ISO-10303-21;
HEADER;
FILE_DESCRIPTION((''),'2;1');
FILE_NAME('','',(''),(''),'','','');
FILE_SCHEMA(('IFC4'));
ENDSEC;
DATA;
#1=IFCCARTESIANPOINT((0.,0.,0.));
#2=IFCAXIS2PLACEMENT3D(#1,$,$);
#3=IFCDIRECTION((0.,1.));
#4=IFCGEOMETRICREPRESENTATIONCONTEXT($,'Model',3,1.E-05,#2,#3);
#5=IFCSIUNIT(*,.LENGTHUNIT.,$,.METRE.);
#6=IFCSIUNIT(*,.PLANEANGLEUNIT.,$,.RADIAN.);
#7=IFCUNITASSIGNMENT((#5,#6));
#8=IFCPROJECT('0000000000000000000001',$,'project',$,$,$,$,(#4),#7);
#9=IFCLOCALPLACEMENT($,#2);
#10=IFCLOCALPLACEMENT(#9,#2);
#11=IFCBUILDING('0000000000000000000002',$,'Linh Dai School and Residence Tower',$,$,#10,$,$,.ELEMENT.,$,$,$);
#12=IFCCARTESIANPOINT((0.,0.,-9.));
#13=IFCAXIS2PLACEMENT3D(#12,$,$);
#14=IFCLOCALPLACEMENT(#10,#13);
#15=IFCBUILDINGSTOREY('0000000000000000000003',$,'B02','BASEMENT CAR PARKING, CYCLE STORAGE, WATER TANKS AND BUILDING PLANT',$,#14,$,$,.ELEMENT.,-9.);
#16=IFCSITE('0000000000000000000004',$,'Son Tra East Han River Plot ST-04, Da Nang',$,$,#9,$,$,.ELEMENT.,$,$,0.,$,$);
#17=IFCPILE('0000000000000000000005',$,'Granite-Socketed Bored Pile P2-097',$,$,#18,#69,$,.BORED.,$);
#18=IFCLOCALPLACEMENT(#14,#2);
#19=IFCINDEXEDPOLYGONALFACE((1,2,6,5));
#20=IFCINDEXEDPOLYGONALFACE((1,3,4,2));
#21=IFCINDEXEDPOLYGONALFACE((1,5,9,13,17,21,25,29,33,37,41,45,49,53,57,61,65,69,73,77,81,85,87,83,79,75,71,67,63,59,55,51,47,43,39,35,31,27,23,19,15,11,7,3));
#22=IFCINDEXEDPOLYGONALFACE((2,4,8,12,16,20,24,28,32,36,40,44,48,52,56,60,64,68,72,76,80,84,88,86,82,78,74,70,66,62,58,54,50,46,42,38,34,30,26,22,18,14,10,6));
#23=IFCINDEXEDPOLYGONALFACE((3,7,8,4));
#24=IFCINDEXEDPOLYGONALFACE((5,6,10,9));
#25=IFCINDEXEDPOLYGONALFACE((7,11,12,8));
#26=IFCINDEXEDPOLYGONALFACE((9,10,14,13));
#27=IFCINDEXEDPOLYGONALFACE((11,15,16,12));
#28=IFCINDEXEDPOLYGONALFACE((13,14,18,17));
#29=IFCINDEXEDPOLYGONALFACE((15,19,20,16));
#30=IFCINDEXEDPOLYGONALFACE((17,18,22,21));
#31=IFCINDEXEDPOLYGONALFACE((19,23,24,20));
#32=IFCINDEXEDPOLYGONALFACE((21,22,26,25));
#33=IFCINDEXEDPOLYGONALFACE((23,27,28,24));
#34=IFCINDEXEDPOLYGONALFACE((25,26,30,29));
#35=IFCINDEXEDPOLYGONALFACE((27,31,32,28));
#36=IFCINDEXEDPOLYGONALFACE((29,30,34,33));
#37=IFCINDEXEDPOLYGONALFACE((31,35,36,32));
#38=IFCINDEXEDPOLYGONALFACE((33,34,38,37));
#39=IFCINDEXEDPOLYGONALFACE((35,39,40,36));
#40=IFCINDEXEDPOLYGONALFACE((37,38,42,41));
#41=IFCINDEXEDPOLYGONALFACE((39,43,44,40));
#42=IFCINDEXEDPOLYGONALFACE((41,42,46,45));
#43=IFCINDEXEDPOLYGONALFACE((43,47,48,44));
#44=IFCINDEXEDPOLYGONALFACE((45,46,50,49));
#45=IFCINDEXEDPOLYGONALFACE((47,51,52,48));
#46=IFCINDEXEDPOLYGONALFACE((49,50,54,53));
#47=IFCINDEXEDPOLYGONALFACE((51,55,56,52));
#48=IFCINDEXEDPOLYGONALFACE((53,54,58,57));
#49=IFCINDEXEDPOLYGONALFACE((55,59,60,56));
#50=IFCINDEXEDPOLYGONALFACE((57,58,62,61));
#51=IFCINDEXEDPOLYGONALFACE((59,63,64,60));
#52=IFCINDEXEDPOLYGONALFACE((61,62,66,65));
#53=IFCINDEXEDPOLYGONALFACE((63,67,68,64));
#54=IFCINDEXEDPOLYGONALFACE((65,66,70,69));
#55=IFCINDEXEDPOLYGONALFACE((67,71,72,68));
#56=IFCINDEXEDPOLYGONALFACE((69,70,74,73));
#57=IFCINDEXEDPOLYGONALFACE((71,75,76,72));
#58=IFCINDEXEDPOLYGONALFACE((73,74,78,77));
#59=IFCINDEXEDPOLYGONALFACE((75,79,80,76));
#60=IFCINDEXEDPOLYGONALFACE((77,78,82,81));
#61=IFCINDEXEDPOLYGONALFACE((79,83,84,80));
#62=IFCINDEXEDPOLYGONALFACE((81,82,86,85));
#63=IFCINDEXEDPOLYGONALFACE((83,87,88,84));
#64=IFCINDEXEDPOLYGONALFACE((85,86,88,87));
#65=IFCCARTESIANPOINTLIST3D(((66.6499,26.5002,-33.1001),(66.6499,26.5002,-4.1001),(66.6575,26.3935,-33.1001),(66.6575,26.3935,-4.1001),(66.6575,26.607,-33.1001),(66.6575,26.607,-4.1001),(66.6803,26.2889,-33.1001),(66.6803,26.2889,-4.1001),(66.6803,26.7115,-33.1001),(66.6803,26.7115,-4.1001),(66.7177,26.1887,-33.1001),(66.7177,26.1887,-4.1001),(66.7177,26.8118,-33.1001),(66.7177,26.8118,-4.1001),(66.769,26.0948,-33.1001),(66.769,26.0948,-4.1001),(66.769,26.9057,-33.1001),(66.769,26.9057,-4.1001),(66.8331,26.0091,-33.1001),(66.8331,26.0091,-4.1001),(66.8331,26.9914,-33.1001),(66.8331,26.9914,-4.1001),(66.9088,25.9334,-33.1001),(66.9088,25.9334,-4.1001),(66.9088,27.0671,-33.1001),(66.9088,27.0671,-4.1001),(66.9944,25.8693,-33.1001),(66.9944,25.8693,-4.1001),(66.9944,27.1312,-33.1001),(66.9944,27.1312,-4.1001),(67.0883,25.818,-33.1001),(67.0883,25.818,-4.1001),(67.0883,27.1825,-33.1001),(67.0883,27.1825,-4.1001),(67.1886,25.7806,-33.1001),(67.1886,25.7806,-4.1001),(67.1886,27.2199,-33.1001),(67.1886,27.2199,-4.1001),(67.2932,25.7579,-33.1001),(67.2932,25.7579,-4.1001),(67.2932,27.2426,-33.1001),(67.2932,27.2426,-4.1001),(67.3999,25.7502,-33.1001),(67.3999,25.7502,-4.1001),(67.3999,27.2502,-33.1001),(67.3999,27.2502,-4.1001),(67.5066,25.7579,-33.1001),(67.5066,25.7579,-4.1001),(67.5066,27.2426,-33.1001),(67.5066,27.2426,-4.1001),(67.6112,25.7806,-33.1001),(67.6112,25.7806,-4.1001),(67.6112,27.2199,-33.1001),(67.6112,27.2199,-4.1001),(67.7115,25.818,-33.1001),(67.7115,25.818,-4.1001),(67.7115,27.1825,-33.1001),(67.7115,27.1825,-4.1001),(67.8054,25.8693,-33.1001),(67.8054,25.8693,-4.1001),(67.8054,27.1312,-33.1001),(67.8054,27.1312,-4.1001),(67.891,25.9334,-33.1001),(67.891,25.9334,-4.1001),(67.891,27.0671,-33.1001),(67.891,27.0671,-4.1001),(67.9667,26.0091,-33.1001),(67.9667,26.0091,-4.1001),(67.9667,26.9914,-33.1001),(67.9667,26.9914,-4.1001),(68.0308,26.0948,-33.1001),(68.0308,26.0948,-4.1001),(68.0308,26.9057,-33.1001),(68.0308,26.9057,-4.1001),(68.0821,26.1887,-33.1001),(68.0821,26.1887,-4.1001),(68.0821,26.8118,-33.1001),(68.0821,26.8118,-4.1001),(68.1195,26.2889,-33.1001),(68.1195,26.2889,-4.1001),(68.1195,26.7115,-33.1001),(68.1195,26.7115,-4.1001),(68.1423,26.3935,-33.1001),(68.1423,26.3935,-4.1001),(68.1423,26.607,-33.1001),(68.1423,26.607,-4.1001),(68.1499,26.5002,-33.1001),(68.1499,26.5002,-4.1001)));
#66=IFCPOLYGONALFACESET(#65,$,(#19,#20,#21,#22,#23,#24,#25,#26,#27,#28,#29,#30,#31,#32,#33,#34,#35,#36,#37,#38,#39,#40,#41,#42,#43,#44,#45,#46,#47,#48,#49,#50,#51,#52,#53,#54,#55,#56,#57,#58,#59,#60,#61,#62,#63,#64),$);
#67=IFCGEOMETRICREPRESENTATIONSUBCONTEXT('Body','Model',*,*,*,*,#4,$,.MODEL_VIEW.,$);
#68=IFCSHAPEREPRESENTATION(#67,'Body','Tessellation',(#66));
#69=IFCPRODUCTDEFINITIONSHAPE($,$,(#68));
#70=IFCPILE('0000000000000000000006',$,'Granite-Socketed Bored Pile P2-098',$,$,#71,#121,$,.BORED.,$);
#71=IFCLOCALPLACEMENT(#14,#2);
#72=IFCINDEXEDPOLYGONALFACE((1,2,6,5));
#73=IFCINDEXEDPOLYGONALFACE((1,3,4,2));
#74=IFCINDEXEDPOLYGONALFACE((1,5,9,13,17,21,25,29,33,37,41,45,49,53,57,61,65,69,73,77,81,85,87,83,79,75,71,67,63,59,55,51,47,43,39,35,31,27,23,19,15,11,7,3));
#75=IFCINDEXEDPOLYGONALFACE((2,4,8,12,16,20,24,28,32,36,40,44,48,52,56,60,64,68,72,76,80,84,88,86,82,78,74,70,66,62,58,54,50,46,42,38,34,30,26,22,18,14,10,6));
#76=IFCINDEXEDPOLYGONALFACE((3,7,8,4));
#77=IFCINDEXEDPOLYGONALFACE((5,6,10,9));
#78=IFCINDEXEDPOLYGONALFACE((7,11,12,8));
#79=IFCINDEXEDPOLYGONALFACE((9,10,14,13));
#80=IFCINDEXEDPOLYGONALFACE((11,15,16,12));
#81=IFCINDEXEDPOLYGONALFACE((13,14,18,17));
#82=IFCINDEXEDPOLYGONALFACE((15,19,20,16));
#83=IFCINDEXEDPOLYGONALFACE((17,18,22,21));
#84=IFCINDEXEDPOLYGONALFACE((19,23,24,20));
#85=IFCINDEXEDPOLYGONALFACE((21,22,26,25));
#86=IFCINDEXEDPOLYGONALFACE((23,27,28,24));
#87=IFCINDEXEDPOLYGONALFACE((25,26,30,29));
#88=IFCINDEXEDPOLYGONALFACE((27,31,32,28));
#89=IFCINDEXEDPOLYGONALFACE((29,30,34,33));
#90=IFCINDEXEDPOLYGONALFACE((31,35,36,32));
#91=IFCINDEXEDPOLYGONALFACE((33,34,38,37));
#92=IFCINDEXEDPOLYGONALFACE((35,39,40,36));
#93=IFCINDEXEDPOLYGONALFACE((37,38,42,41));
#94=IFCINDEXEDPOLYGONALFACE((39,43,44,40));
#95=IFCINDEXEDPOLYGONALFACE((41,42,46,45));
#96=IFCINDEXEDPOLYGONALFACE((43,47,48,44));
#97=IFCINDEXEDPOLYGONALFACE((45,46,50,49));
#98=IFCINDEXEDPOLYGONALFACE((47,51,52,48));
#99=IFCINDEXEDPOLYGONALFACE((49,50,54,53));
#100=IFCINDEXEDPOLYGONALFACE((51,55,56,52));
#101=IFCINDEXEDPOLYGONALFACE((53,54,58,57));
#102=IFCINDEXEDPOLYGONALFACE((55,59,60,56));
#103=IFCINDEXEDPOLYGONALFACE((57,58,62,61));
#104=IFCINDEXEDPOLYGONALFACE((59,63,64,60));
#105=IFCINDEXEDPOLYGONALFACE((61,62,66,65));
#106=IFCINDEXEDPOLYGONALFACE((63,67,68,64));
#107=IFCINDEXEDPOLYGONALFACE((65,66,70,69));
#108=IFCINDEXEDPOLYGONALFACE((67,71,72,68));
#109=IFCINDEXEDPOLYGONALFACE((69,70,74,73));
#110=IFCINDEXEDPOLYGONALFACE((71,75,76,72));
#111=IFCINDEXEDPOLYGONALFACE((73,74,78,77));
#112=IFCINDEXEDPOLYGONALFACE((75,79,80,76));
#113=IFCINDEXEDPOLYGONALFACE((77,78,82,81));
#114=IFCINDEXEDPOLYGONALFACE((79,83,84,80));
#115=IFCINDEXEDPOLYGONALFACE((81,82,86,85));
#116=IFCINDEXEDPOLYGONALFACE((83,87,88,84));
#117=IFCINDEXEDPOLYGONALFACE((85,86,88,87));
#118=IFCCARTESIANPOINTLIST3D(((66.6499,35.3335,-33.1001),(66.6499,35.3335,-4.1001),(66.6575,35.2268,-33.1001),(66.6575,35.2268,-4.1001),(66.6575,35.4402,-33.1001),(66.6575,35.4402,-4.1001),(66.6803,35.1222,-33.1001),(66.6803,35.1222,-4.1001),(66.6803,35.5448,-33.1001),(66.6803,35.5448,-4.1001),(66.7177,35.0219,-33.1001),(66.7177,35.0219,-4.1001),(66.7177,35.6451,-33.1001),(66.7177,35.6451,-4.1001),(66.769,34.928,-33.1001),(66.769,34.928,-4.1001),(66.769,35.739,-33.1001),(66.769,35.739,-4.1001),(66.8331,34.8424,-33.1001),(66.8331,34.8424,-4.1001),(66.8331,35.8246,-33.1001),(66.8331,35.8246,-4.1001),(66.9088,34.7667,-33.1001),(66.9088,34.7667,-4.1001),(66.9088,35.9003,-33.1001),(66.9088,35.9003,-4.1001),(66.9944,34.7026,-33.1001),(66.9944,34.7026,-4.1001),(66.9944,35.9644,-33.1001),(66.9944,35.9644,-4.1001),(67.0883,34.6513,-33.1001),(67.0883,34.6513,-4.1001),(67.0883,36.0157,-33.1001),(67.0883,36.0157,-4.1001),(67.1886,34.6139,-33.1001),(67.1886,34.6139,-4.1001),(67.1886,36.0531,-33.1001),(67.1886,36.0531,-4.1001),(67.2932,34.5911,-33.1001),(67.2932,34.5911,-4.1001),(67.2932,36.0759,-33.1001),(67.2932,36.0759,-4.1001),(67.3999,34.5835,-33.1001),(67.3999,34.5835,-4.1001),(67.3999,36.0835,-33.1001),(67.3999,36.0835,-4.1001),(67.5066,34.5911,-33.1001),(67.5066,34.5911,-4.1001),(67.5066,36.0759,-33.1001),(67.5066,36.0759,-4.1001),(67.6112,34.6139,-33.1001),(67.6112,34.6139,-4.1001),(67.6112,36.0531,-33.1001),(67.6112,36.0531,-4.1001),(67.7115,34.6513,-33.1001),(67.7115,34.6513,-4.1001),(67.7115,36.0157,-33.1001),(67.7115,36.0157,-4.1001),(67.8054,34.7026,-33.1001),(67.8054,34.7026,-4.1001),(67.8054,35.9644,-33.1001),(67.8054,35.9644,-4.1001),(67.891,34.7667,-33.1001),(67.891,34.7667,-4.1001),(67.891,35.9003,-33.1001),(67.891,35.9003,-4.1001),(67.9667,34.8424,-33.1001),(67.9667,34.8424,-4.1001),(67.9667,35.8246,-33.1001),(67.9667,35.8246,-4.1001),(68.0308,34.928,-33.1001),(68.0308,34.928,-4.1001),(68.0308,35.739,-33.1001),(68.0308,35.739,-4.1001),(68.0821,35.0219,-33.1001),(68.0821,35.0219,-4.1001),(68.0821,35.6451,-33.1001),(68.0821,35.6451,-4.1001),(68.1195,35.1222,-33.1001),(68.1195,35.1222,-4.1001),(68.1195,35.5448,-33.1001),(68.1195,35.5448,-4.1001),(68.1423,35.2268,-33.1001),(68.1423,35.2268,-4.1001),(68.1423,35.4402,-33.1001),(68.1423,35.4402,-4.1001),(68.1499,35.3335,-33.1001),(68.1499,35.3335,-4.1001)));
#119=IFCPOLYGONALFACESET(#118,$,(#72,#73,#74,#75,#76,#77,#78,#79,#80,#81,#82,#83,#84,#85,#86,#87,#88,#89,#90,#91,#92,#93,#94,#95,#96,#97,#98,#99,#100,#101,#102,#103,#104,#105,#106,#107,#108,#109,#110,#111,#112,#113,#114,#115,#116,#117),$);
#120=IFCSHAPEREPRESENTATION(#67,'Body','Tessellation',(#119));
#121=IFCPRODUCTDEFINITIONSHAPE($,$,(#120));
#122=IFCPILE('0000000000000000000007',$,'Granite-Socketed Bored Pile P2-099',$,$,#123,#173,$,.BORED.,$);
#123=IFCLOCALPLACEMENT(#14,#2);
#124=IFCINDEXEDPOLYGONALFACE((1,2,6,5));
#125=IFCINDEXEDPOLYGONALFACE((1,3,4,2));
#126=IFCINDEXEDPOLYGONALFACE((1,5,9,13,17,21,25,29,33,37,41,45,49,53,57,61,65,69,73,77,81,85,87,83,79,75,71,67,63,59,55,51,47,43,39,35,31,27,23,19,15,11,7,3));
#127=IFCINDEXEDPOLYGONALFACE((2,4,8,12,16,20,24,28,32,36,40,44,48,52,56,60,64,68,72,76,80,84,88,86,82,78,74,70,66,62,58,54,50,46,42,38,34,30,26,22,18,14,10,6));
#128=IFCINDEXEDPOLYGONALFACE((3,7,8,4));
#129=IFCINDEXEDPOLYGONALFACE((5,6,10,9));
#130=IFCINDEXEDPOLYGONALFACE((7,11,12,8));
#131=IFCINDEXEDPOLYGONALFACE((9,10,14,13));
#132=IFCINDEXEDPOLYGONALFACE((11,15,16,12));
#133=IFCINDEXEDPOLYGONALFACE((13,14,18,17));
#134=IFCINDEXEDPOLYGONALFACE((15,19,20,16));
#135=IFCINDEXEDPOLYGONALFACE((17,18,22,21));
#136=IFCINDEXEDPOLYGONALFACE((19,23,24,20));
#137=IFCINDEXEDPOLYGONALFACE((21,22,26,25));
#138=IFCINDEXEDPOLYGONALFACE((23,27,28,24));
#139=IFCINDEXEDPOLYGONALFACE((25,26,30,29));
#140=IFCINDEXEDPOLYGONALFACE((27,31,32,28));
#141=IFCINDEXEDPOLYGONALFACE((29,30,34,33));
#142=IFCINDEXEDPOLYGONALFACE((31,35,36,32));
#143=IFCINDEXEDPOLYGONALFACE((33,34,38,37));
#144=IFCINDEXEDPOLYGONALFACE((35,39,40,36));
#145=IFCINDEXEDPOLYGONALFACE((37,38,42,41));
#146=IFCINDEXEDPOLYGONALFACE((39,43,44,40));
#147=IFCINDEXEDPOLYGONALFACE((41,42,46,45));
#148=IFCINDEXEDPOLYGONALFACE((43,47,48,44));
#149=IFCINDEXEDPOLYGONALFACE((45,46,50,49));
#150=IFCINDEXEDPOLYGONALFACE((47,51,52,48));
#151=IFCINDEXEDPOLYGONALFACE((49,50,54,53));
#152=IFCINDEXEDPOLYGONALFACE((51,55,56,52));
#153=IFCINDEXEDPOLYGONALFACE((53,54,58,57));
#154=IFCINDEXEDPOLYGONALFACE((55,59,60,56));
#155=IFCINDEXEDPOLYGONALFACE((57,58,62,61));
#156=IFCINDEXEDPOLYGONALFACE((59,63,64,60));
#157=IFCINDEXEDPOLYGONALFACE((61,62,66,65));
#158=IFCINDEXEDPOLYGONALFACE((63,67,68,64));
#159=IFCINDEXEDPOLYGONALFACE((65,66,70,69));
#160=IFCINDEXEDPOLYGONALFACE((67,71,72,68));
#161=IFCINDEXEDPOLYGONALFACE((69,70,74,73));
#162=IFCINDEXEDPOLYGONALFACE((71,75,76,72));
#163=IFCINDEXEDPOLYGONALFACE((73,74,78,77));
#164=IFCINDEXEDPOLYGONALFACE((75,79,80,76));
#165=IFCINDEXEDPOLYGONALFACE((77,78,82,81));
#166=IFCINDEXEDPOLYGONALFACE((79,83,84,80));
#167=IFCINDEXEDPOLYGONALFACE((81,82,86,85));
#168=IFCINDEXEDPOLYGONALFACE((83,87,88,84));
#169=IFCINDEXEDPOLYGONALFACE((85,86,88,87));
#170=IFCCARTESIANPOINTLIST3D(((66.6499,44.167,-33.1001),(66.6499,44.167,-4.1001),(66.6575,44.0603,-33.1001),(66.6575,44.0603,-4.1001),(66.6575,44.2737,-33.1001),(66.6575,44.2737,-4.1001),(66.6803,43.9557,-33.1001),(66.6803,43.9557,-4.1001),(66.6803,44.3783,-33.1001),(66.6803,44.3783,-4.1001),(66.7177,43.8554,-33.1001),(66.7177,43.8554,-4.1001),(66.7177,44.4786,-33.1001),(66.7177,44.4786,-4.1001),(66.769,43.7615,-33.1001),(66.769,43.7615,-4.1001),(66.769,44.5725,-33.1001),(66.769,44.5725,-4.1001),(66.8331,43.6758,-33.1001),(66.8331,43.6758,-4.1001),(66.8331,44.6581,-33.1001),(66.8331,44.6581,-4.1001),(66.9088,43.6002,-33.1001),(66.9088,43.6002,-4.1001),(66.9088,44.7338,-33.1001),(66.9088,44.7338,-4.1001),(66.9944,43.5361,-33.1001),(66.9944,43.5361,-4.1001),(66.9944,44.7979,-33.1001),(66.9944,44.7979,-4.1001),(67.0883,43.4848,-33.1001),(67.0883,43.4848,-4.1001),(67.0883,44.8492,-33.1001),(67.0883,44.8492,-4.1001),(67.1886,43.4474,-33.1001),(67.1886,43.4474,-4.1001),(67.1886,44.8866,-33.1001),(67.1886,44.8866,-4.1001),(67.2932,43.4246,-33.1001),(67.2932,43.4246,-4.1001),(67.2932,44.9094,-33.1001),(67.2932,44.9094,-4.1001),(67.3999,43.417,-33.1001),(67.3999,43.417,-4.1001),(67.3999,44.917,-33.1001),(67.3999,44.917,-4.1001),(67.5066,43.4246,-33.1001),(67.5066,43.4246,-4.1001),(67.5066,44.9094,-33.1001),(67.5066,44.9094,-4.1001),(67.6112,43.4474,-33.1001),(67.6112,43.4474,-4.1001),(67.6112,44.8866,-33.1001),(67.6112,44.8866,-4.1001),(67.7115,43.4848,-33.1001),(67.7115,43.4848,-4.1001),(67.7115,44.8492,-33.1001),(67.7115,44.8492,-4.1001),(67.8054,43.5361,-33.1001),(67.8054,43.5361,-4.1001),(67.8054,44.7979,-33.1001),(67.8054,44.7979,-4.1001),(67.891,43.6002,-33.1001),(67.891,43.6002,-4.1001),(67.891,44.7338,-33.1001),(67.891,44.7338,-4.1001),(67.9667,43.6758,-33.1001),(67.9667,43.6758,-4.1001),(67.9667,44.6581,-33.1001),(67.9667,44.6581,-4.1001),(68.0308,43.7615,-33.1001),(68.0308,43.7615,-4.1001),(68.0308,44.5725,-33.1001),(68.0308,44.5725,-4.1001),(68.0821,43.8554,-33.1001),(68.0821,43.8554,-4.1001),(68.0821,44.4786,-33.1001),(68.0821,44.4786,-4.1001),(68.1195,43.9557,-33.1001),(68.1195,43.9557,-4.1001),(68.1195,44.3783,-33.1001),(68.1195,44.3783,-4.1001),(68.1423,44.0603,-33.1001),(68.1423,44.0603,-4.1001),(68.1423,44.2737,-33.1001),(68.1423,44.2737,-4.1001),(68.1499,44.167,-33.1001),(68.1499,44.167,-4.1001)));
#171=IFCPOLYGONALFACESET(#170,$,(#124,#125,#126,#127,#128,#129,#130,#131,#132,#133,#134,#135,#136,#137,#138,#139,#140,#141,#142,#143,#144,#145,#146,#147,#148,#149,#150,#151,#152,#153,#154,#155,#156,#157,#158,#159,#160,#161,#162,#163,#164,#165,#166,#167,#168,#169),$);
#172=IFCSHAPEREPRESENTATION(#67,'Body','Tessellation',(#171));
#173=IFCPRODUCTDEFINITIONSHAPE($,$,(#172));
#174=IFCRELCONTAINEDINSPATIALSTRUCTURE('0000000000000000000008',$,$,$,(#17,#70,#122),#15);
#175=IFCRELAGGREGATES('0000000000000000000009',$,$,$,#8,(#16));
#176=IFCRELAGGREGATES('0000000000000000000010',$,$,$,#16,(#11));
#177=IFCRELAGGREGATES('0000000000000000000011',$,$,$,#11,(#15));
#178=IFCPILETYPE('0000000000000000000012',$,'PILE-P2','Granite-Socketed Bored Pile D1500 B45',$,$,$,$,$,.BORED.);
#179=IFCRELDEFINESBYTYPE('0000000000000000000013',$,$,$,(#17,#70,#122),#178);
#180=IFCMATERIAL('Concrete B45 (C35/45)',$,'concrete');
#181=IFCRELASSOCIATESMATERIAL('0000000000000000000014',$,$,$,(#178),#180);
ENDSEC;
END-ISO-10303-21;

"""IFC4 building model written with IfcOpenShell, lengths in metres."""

from ifc_helpers import new_model, si_unit, direction, frame, origin, origin_2d, place, context, subcontext, project, spatial, circle, extrude, material, material_profile, profile_set, type_object, element, save


model = new_model("IFC4")

# Units and contexts
model_context = context("Model", 3, precision=1e-05, world=origin(), true_north=direction((0.0, 1.0)))
body_context = subcontext(model_context, "Body", "Model", "MODEL_VIEW")
ifc_project = project(units=[si_unit("LENGTHUNIT", "METRE"), si_unit("PLANEANGLEUNIT", "RADIAN")], contexts=[model_context])

# Site, building, storey
site_placement = place(None, origin())
site = spatial("IfcSite", under=ifc_project, at=site_placement, Name="Son Tra East Han River Plot ST-04, Da Nang", CompositionType="ELEMENT", RefElevation=0.0)
building_placement = place(site_placement, origin())
building = spatial("IfcBuilding", under=site, at=building_placement, Name="Linh Dai School and Residence Tower", CompositionType="ELEMENT")
storey_placement = place(building_placement, frame((0.0, 0.0, -9.0)))
storey = spatial("IfcBuildingStorey", under=building, at=storey_placement, Name="B02", Description="BASEMENT CAR PARKING, CYCLE STORAGE, WATER TANKS AND BUILDING PLANT", CompositionType="ELEMENT", Elevation=-9.0)

# Piles
ifc_material_1 = material(Name="Concrete B45 (C35/45)", Category="concrete")
ifc_material_profile_1 = material_profile(ifc_material_1, circle(Radius=0.75, at=origin_2d()), Name="PILE D1500")
ifc_profile_set_1 = profile_set([ifc_material_profile_1], Name="Concrete B45 (C35/45)")
pile_type = type_object("IfcPileType", Name="PILE-P2", Description="Granite-Socketed Bored Pile D1500 B45", PredefinedType="BORED", material=ifc_profile_set_1)
for number, where, z_axis, x_axis, name in (
    (1, (67.3999, 26.5002, -4.1001), (0.0, 0.0, -1.0), (1.0, 0.0, 0.0), "Granite-Socketed Bored Pile P2-097"),
    (2, (67.3999, 35.3335, -4.1001), (0.0, 0.0, -1.0), (1.0, 0.0, 0.0), "Granite-Socketed Bored Pile P2-098"),
    (3, (67.3999, 44.167, -4.1001), (0.0, 0.0, -1.0), (1.0, 0.0, 0.0), "Granite-Socketed Bored Pile P2-099"),
):
    element("IfcPile", number, at=place(storey_placement, frame(where, z_axis=z_axis, x_axis=x_axis)), inside=storey, type_object=pile_type, Name=name, PredefinedType="BORED", context=body_context, shape_type="SweptSolid", body=[
        extrude(circle(Radius=0.75, at=origin_2d()), origin(), (0.0, 0.0, 1.0), 29.0),
    ])

save(model, "model.ifc")
